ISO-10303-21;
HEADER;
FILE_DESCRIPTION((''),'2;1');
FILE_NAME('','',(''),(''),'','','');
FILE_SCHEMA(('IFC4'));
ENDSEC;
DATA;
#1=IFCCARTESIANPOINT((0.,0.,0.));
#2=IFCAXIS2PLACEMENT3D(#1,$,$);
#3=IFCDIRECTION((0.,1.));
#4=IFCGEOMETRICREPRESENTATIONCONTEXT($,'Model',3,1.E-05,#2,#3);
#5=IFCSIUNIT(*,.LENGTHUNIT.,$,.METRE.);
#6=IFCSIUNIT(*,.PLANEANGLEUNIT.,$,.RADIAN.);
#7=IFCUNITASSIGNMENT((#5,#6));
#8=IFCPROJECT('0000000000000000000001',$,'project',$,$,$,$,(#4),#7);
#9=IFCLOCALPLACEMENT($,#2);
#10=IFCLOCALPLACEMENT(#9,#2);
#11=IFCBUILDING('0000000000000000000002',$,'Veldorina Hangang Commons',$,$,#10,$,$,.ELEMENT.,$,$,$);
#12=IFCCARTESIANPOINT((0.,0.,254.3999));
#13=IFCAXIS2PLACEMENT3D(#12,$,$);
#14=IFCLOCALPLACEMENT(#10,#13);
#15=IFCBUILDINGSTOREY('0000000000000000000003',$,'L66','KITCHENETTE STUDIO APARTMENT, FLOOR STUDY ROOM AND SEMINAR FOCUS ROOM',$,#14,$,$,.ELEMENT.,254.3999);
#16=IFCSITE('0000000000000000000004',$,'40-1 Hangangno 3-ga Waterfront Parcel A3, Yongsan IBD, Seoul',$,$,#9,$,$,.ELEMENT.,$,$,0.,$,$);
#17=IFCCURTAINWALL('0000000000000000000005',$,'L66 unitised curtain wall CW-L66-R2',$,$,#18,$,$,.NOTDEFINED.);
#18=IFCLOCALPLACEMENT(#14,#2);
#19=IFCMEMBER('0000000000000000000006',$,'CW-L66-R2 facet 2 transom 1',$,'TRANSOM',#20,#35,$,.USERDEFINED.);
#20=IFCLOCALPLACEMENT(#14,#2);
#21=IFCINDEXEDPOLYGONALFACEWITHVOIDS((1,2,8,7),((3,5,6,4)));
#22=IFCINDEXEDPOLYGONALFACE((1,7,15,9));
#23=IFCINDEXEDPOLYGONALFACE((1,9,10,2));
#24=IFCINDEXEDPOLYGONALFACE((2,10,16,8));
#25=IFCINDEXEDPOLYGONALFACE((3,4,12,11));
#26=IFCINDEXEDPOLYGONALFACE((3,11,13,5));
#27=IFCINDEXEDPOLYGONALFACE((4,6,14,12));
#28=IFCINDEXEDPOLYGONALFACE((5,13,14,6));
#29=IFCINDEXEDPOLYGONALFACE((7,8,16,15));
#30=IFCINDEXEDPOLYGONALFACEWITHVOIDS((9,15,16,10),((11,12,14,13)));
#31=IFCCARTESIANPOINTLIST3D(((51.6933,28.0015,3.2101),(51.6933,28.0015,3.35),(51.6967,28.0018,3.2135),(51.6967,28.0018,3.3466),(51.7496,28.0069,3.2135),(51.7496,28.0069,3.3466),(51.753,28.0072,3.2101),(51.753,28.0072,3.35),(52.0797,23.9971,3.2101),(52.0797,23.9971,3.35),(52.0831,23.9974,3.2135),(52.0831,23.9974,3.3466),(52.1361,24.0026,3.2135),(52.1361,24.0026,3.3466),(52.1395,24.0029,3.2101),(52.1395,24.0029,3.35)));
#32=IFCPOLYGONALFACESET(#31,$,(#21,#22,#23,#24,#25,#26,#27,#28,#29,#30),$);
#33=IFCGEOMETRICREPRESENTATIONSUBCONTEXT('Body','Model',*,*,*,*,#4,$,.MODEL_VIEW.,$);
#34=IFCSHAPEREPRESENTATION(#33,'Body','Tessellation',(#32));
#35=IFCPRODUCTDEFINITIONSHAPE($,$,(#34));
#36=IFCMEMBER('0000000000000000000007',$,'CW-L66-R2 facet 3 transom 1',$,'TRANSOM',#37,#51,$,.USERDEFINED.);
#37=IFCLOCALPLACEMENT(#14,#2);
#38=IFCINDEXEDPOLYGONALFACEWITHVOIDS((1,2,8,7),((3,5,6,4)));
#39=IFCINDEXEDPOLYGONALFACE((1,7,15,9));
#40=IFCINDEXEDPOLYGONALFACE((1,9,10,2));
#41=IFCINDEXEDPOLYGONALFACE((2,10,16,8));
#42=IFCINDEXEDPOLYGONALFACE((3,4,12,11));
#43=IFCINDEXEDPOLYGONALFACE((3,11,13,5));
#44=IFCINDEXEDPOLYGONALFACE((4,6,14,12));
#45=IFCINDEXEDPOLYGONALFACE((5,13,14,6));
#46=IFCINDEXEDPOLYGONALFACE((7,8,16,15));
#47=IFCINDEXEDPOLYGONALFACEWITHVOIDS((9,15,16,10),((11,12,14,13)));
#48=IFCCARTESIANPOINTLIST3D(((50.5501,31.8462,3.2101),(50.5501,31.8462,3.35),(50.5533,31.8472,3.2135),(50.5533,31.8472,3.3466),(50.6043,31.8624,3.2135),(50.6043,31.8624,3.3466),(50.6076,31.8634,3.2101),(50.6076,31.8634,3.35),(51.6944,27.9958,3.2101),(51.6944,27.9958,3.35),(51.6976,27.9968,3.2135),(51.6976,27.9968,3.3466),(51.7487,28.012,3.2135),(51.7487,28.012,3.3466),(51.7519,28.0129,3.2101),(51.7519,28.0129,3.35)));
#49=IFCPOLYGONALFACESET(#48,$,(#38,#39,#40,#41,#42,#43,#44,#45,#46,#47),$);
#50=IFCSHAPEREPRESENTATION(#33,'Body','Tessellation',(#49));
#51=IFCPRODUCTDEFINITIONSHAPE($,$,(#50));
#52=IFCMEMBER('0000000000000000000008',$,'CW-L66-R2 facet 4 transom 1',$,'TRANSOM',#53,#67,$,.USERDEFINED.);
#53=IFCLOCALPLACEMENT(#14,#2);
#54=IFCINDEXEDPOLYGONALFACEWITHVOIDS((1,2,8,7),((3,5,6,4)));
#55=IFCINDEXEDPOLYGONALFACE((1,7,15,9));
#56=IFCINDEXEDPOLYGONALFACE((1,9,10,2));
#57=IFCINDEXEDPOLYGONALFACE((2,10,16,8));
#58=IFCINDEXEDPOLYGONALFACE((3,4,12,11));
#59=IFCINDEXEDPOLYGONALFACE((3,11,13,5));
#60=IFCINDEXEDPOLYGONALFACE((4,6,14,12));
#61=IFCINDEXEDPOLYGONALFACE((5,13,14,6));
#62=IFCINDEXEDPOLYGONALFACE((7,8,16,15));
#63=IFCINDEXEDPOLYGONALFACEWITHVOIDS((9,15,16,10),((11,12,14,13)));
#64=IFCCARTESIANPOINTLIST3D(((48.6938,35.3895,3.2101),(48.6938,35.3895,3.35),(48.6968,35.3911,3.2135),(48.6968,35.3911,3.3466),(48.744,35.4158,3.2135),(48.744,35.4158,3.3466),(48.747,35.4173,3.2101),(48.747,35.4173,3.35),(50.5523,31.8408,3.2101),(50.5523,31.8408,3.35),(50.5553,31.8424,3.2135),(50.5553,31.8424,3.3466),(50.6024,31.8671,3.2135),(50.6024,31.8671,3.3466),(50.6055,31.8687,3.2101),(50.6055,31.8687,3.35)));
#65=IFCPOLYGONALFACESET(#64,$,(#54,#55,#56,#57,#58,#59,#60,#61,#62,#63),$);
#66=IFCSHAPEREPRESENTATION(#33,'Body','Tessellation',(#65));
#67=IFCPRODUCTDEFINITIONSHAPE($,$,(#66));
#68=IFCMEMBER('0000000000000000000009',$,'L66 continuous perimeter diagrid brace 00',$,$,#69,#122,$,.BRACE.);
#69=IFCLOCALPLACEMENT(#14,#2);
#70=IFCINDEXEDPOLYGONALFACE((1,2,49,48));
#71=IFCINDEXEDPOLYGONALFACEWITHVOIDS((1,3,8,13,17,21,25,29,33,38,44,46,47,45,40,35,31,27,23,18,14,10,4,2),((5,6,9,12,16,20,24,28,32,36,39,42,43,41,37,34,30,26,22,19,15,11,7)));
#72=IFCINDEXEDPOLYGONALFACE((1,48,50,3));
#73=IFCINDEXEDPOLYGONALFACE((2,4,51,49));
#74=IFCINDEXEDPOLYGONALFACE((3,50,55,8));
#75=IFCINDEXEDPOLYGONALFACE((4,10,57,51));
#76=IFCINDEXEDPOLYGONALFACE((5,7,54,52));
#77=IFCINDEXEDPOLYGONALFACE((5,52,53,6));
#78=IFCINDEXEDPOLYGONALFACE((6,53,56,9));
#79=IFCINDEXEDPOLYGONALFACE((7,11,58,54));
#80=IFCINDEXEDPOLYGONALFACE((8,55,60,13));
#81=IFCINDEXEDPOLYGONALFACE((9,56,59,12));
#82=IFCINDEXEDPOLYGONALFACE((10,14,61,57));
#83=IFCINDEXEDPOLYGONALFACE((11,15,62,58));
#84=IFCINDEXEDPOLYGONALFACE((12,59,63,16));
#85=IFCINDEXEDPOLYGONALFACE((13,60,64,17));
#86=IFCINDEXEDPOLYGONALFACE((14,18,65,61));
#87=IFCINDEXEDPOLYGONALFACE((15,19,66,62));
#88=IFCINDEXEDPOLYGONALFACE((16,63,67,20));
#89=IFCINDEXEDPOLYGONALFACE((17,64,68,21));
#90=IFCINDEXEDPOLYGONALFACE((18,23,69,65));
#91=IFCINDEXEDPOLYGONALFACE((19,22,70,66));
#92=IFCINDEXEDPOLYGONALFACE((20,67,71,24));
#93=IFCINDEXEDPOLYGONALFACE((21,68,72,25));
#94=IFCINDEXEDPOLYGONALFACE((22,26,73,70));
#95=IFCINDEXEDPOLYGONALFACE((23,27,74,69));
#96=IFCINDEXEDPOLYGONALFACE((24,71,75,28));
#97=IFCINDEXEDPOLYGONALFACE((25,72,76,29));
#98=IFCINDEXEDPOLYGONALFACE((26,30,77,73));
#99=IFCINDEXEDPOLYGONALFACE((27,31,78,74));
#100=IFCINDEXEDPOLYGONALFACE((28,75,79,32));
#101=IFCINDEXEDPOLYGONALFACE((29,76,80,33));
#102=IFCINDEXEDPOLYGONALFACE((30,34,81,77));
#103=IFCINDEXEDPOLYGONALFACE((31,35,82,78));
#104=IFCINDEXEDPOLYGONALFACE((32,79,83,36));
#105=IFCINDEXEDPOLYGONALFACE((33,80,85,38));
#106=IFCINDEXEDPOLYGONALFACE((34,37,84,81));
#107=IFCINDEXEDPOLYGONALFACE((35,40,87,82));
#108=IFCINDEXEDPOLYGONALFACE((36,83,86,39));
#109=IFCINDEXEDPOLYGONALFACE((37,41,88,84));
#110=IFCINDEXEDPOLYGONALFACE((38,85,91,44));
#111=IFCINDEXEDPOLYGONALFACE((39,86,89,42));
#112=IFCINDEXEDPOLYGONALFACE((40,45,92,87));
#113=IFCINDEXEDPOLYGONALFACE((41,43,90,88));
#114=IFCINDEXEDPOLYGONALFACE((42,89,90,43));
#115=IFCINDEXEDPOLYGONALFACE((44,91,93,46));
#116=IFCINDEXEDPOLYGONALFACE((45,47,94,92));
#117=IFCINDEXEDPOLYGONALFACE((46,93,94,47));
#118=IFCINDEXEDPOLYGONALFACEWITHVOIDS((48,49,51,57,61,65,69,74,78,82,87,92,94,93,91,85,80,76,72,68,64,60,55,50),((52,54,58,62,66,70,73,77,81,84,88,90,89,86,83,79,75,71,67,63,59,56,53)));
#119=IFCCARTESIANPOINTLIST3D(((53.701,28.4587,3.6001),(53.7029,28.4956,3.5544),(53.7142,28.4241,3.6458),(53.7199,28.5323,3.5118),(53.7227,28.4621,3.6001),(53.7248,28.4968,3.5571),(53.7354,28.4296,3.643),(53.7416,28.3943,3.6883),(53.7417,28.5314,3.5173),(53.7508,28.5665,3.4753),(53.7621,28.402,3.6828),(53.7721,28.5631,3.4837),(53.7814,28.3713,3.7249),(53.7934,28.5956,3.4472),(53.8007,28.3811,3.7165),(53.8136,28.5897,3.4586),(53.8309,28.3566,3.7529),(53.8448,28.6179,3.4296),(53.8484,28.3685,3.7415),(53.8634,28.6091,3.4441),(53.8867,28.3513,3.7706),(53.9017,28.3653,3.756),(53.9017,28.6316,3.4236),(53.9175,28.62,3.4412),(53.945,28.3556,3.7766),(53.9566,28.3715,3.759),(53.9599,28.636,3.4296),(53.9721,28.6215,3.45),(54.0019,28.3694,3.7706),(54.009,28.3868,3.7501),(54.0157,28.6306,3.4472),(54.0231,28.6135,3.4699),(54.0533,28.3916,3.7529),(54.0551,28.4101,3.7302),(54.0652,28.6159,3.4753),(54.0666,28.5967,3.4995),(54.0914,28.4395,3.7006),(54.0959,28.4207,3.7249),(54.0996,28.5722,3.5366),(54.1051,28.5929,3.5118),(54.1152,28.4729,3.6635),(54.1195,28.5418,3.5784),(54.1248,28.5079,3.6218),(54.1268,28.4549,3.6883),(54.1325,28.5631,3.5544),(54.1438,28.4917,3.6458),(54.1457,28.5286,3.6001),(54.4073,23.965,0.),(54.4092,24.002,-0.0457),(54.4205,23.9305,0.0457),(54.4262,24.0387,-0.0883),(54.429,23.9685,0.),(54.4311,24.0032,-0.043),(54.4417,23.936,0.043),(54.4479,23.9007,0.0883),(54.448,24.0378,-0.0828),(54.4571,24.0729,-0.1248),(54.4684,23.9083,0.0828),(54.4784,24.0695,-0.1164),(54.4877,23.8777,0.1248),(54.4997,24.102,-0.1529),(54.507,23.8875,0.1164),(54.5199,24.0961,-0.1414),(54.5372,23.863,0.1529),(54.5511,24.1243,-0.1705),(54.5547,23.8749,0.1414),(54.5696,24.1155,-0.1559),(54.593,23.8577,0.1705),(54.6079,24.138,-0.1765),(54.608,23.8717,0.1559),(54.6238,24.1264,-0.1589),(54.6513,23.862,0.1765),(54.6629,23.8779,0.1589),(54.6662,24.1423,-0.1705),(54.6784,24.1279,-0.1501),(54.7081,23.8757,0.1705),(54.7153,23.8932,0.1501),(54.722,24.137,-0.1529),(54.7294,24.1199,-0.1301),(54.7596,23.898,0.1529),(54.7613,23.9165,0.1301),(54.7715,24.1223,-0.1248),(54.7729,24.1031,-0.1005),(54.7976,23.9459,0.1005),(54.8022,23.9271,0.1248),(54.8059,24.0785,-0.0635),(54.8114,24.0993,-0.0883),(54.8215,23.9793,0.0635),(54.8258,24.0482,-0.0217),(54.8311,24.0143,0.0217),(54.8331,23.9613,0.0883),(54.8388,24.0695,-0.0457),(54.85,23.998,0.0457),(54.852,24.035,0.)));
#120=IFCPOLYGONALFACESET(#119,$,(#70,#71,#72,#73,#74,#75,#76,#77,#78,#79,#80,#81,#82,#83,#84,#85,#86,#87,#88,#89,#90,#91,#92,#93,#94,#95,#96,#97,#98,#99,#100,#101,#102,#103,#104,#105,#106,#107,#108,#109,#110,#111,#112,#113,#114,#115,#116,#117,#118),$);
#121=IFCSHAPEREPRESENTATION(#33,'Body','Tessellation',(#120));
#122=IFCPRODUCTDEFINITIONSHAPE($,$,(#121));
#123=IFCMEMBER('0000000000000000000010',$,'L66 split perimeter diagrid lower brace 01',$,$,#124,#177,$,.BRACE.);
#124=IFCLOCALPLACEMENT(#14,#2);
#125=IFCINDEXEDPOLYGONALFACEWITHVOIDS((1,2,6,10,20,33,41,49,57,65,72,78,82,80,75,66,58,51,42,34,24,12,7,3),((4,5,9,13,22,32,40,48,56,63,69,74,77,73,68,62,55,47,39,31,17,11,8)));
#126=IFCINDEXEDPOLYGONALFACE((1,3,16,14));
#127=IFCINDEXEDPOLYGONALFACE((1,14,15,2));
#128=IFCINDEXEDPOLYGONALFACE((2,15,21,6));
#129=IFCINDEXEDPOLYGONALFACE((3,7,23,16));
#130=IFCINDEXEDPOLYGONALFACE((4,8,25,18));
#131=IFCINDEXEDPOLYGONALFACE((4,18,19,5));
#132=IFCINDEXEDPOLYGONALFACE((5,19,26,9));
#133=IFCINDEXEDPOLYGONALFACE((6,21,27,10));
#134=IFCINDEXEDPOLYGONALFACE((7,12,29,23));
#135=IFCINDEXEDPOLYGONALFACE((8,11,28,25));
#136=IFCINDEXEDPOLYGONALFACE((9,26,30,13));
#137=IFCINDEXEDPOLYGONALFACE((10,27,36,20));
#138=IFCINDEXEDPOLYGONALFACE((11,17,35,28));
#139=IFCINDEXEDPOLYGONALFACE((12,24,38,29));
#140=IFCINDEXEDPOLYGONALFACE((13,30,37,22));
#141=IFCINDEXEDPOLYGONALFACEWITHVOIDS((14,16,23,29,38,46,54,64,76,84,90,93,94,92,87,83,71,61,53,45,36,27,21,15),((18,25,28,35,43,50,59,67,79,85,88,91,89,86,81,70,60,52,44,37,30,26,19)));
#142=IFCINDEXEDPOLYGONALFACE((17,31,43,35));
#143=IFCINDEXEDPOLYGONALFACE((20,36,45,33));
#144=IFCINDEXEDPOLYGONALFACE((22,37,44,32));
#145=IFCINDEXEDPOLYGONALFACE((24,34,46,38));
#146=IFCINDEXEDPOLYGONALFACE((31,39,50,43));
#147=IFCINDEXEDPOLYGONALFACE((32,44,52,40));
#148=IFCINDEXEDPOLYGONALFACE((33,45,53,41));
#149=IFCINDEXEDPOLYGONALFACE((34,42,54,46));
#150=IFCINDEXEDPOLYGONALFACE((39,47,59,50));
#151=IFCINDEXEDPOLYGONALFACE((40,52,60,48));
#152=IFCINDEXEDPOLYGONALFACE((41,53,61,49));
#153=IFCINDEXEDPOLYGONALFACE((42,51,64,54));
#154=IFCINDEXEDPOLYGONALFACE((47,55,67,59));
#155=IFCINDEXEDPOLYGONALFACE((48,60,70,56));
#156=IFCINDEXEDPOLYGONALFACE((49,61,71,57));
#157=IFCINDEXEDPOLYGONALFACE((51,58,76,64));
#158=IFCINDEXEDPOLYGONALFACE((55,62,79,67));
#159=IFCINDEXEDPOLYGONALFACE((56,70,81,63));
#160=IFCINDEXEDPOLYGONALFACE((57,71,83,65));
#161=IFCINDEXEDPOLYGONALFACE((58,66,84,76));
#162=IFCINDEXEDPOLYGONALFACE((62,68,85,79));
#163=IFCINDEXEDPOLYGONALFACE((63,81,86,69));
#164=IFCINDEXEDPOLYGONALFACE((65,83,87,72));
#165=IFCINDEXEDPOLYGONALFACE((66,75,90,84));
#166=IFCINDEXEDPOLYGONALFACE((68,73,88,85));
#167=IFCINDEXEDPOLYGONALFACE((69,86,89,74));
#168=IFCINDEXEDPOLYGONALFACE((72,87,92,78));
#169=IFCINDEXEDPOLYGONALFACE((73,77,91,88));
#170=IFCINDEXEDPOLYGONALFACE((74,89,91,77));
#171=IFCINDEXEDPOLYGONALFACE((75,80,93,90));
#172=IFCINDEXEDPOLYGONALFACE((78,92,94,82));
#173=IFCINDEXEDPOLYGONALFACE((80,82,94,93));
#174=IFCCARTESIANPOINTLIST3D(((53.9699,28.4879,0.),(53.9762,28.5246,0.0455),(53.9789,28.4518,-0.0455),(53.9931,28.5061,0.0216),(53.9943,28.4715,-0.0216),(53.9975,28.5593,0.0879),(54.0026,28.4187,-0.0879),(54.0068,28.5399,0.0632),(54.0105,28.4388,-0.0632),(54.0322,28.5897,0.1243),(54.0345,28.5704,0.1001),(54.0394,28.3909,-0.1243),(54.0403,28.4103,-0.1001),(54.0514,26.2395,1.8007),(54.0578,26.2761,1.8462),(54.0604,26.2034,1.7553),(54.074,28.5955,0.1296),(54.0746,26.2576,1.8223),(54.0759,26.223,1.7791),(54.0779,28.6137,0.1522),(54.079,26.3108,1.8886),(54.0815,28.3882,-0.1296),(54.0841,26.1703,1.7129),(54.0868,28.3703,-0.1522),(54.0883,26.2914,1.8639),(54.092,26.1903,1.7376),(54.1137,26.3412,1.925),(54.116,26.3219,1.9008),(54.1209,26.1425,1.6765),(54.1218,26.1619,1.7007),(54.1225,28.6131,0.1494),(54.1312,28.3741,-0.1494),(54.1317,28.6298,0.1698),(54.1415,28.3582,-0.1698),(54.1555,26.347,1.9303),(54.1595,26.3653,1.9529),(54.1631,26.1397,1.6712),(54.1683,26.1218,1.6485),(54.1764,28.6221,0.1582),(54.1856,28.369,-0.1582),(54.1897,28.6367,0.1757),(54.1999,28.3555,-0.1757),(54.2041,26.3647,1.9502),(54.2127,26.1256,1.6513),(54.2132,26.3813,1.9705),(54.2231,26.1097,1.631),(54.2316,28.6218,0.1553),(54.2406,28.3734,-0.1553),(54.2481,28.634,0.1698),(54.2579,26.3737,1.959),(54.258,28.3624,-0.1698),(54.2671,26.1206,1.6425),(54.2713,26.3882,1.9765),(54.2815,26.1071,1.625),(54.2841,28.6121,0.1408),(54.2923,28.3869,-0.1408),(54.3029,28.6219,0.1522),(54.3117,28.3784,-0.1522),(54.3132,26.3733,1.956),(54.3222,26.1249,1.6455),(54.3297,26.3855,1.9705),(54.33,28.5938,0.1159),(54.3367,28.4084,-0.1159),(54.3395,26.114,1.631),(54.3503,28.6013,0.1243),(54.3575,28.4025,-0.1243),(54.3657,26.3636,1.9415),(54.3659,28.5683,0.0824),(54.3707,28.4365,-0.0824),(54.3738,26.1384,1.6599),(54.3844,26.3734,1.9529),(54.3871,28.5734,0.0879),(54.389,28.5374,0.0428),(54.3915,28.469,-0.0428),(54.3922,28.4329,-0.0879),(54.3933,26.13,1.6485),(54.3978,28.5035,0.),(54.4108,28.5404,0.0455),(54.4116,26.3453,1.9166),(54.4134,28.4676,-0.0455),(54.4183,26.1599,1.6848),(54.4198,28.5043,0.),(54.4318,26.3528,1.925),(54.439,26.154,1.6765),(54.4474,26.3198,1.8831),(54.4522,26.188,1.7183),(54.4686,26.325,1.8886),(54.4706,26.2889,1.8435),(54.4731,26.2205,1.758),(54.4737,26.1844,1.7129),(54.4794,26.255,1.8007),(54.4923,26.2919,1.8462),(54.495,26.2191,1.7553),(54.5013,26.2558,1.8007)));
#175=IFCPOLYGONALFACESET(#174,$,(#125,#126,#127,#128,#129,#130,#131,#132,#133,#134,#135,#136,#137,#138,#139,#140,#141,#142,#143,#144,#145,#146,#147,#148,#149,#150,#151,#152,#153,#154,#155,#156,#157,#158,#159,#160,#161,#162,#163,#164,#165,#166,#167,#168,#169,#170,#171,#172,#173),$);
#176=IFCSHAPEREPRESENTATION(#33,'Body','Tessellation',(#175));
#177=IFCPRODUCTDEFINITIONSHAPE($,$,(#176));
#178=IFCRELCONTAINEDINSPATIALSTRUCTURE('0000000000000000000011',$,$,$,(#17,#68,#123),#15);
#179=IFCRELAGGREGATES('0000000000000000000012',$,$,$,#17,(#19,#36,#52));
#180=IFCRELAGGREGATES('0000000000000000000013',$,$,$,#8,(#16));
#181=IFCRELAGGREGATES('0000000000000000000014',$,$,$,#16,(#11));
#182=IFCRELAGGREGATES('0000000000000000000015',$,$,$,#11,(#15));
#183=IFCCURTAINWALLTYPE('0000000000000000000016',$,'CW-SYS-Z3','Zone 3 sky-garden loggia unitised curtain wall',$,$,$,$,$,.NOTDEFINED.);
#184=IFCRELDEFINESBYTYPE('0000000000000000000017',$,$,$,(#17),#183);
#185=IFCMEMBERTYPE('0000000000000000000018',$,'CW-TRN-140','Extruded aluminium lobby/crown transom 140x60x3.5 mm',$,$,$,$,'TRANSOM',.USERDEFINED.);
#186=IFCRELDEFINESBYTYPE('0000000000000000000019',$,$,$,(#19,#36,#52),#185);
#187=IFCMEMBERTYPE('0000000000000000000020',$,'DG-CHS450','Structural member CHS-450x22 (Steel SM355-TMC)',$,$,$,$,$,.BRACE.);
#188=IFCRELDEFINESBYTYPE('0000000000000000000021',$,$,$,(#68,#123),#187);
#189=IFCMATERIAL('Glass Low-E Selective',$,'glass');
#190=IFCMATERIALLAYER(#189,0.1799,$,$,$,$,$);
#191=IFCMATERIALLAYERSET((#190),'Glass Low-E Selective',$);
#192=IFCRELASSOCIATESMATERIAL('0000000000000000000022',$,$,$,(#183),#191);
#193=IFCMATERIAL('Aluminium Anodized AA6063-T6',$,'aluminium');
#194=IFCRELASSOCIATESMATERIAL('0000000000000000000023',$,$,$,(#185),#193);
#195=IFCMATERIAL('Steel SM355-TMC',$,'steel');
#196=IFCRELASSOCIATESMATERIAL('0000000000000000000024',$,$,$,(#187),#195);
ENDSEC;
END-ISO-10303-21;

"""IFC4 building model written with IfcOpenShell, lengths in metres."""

from ifc_helpers import new_model, si_unit, direction, frame, origin, origin_2d, place, context, subcontext, project, spatial, hollow_rectangle, hollow_circle, extrude, material, layer, layer_set, material_profile, profile_set, type_object, element, aggregate, save


model = new_model("IFC4")

# Units and contexts
model_context = context("Model", 3, precision=1e-05, world=origin(), true_north=direction((0.0, 1.0)))
body_context = subcontext(model_context, "Body", "Model", "MODEL_VIEW")
ifc_project = project(units=[si_unit("LENGTHUNIT", "METRE"), si_unit("PLANEANGLEUNIT", "RADIAN")], contexts=[model_context])

# Site, building, storey
site_placement = place(None, origin())
site = spatial("IfcSite", under=ifc_project, at=site_placement, Name="40-1 Hangangno 3-ga Waterfront Parcel A3, Yongsan IBD, Seoul", CompositionType="ELEMENT", RefElevation=0.0)
building_placement = place(site_placement, origin())
building = spatial("IfcBuilding", under=site, at=building_placement, Name="Veldorina Hangang Commons", CompositionType="ELEMENT")
storey_placement = place(building_placement, frame((0.0, 0.0, 254.3999)))
storey = spatial("IfcBuildingStorey", under=building, at=storey_placement, Name="L66", Description="KITCHENETTE STUDIO APARTMENT, FLOOR STUDY ROOM AND SEMINAR FOCUS ROOM", CompositionType="ELEMENT", Elevation=254.3999)

# Shared definitions
ifc_material_1 = material(Name="Steel SM355-TMC", Category="steel")

# Curtain wall, members
ifc_material_2 = material(Name="Glass Low-E Selective", Category="glass")
ifc_layer_1 = layer(ifc_material_2, 0.1799)
ifc_layer_set_1 = layer_set([ifc_layer_1], Name="Glass Low-E Selective")
curtain_wall_type = type_object("IfcCurtainWallType", Name="CW-SYS-Z3", Description="Zone 3 sky-garden loggia unitised curtain wall", PredefinedType="NOTDEFINED", material=ifc_layer_set_1)
curtain_wall_placement = place(storey_placement, origin())
curtain_wall = element("IfcCurtainWall", 1, at=curtain_wall_placement, inside=storey, type_object=curtain_wall_type, Name="L66 unitised curtain wall CW-L66-R2", PredefinedType="NOTDEFINED")
ifc_material_3 = material(Name="Aluminium Anodized AA6063-T6", Category="aluminium")
ifc_material_profile_1 = material_profile(ifc_material_3, hollow_rectangle(XDim=0.0601, YDim=0.1399, WallThickness=0.0034, at=origin_2d()), Name="ALU-RHS-140x60x3.5")
ifc_profile_set_1 = profile_set([ifc_material_profile_1], Name="Aluminium Anodized AA6063-T6")
member_type_1 = type_object("IfcMemberType", Name="CW-TRN-140", Description="Extruded aluminium lobby/crown transom 140x60x3.5 mm", ElementType="TRANSOM", PredefinedType="USERDEFINED", material=ifc_profile_set_1)
member_1_placement = place(storey_placement, frame((52.1096, 24.0, 3.28), z_axis=(-0.096066, 0.995375, 0.0), x_axis=(-0.995375, -0.096066, 0.0)))
member_1 = element("IfcMember", 2, at=member_1_placement, type_object=member_type_1, Name="CW-L66-R2 facet 2 transom 1", ObjectType="TRANSOM", PredefinedType="USERDEFINED", context=body_context, shape_type="SweptSolid", body=[
    extrude(hollow_rectangle(XDim=0.0601, YDim=0.1399, WallThickness=0.0034, at=origin_2d()), origin(), (0.0, 0.0, 1.0), 4.0229),
])
member_2_placement = place(storey_placement, frame((51.7231, 28.0044, 3.28), z_axis=(-0.284877, 0.958564, 0.0), x_axis=(-0.958564, -0.284877, 0.0)))
member_2 = element("IfcMember", 3, at=member_2_placement, type_object=member_type_1, Name="CW-L66-R2 facet 3 transom 1", ObjectType="TRANSOM", PredefinedType="USERDEFINED", context=body_context, shape_type="SweptSolid", body=[
    extrude(hollow_rectangle(XDim=0.0601, YDim=0.1399, WallThickness=0.0034, at=origin_2d()), origin(), (0.0, 0.0, 1.0), 4.0168),
])
member_3_placement = place(storey_placement, frame((50.5789, 31.8547, 3.28), z_axis=(-0.463932, 0.885871, 0.0), x_axis=(-0.885871, -0.463932, 0.0)))
member_3 = element("IfcMember", 4, at=member_3_placement, type_object=member_type_1, Name="CW-L66-R2 facet 4 transom 1", ObjectType="TRANSOM", PredefinedType="USERDEFINED", context=body_context, shape_type="SweptSolid", body=[
    extrude(hollow_rectangle(XDim=0.0601, YDim=0.1399, WallThickness=0.0034, at=origin_2d()), origin(), (0.0, 0.0, 1.0), 4.0059),
])

# Members
ifc_material_profile_2 = material_profile(ifc_material_1, hollow_circle(Radius=0.2251, WallThickness=0.022, at=origin_2d()), Name="CHS-450x22")
ifc_profile_set_2 = profile_set([ifc_material_profile_2], Name="Steel SM355-TMC")
member_type_2 = type_object("IfcMemberType", Name="DG-CHS450", Description="Structural member CHS-450x22 (Steel SM355-TMC)", PredefinedType="BRACE", material=ifc_profile_set_2)
member_4_placement = place(storey_placement, frame((54.6296, 24.0, 0.0), z_axis=(-0.121753, 0.774624, 0.620591), x_axis=(-0.987872, -0.155271, 0.0)))
element("IfcMember", 5, at=member_4_placement, inside=storey, type_object=member_type_2, Name="L66 continuous perimeter diagrid brace 00", PredefinedType="BRACE", context=body_context, shape_type="SweptSolid", body=[
    extrude(hollow_circle(Radius=0.2251, WallThickness=0.022, at=origin_2d()), origin(), (0.0, 0.0, 1.0), 5.801),
])
member_5_placement = place(storey_placement, frame((54.1948, 28.4961, 0.0), z_axis=(0.028295, -0.780225, 0.624858), x_axis=(0.999343, 0.036241, 0.0)))
element("IfcMember", 6, at=member_5_placement, inside=storey, type_object=member_type_2, Name="L66 split perimeter diagrid lower brace 01", PredefinedType="BRACE", context=body_context, shape_type="SweptSolid", body=[
    extrude(hollow_circle(Radius=0.2251, WallThickness=0.022, at=origin_2d()), origin(), (0.0, 0.0, 1.0), 2.8818),
])

aggregate(curtain_wall, [member_1, member_2, member_3])

save(model, "model.ifc")
